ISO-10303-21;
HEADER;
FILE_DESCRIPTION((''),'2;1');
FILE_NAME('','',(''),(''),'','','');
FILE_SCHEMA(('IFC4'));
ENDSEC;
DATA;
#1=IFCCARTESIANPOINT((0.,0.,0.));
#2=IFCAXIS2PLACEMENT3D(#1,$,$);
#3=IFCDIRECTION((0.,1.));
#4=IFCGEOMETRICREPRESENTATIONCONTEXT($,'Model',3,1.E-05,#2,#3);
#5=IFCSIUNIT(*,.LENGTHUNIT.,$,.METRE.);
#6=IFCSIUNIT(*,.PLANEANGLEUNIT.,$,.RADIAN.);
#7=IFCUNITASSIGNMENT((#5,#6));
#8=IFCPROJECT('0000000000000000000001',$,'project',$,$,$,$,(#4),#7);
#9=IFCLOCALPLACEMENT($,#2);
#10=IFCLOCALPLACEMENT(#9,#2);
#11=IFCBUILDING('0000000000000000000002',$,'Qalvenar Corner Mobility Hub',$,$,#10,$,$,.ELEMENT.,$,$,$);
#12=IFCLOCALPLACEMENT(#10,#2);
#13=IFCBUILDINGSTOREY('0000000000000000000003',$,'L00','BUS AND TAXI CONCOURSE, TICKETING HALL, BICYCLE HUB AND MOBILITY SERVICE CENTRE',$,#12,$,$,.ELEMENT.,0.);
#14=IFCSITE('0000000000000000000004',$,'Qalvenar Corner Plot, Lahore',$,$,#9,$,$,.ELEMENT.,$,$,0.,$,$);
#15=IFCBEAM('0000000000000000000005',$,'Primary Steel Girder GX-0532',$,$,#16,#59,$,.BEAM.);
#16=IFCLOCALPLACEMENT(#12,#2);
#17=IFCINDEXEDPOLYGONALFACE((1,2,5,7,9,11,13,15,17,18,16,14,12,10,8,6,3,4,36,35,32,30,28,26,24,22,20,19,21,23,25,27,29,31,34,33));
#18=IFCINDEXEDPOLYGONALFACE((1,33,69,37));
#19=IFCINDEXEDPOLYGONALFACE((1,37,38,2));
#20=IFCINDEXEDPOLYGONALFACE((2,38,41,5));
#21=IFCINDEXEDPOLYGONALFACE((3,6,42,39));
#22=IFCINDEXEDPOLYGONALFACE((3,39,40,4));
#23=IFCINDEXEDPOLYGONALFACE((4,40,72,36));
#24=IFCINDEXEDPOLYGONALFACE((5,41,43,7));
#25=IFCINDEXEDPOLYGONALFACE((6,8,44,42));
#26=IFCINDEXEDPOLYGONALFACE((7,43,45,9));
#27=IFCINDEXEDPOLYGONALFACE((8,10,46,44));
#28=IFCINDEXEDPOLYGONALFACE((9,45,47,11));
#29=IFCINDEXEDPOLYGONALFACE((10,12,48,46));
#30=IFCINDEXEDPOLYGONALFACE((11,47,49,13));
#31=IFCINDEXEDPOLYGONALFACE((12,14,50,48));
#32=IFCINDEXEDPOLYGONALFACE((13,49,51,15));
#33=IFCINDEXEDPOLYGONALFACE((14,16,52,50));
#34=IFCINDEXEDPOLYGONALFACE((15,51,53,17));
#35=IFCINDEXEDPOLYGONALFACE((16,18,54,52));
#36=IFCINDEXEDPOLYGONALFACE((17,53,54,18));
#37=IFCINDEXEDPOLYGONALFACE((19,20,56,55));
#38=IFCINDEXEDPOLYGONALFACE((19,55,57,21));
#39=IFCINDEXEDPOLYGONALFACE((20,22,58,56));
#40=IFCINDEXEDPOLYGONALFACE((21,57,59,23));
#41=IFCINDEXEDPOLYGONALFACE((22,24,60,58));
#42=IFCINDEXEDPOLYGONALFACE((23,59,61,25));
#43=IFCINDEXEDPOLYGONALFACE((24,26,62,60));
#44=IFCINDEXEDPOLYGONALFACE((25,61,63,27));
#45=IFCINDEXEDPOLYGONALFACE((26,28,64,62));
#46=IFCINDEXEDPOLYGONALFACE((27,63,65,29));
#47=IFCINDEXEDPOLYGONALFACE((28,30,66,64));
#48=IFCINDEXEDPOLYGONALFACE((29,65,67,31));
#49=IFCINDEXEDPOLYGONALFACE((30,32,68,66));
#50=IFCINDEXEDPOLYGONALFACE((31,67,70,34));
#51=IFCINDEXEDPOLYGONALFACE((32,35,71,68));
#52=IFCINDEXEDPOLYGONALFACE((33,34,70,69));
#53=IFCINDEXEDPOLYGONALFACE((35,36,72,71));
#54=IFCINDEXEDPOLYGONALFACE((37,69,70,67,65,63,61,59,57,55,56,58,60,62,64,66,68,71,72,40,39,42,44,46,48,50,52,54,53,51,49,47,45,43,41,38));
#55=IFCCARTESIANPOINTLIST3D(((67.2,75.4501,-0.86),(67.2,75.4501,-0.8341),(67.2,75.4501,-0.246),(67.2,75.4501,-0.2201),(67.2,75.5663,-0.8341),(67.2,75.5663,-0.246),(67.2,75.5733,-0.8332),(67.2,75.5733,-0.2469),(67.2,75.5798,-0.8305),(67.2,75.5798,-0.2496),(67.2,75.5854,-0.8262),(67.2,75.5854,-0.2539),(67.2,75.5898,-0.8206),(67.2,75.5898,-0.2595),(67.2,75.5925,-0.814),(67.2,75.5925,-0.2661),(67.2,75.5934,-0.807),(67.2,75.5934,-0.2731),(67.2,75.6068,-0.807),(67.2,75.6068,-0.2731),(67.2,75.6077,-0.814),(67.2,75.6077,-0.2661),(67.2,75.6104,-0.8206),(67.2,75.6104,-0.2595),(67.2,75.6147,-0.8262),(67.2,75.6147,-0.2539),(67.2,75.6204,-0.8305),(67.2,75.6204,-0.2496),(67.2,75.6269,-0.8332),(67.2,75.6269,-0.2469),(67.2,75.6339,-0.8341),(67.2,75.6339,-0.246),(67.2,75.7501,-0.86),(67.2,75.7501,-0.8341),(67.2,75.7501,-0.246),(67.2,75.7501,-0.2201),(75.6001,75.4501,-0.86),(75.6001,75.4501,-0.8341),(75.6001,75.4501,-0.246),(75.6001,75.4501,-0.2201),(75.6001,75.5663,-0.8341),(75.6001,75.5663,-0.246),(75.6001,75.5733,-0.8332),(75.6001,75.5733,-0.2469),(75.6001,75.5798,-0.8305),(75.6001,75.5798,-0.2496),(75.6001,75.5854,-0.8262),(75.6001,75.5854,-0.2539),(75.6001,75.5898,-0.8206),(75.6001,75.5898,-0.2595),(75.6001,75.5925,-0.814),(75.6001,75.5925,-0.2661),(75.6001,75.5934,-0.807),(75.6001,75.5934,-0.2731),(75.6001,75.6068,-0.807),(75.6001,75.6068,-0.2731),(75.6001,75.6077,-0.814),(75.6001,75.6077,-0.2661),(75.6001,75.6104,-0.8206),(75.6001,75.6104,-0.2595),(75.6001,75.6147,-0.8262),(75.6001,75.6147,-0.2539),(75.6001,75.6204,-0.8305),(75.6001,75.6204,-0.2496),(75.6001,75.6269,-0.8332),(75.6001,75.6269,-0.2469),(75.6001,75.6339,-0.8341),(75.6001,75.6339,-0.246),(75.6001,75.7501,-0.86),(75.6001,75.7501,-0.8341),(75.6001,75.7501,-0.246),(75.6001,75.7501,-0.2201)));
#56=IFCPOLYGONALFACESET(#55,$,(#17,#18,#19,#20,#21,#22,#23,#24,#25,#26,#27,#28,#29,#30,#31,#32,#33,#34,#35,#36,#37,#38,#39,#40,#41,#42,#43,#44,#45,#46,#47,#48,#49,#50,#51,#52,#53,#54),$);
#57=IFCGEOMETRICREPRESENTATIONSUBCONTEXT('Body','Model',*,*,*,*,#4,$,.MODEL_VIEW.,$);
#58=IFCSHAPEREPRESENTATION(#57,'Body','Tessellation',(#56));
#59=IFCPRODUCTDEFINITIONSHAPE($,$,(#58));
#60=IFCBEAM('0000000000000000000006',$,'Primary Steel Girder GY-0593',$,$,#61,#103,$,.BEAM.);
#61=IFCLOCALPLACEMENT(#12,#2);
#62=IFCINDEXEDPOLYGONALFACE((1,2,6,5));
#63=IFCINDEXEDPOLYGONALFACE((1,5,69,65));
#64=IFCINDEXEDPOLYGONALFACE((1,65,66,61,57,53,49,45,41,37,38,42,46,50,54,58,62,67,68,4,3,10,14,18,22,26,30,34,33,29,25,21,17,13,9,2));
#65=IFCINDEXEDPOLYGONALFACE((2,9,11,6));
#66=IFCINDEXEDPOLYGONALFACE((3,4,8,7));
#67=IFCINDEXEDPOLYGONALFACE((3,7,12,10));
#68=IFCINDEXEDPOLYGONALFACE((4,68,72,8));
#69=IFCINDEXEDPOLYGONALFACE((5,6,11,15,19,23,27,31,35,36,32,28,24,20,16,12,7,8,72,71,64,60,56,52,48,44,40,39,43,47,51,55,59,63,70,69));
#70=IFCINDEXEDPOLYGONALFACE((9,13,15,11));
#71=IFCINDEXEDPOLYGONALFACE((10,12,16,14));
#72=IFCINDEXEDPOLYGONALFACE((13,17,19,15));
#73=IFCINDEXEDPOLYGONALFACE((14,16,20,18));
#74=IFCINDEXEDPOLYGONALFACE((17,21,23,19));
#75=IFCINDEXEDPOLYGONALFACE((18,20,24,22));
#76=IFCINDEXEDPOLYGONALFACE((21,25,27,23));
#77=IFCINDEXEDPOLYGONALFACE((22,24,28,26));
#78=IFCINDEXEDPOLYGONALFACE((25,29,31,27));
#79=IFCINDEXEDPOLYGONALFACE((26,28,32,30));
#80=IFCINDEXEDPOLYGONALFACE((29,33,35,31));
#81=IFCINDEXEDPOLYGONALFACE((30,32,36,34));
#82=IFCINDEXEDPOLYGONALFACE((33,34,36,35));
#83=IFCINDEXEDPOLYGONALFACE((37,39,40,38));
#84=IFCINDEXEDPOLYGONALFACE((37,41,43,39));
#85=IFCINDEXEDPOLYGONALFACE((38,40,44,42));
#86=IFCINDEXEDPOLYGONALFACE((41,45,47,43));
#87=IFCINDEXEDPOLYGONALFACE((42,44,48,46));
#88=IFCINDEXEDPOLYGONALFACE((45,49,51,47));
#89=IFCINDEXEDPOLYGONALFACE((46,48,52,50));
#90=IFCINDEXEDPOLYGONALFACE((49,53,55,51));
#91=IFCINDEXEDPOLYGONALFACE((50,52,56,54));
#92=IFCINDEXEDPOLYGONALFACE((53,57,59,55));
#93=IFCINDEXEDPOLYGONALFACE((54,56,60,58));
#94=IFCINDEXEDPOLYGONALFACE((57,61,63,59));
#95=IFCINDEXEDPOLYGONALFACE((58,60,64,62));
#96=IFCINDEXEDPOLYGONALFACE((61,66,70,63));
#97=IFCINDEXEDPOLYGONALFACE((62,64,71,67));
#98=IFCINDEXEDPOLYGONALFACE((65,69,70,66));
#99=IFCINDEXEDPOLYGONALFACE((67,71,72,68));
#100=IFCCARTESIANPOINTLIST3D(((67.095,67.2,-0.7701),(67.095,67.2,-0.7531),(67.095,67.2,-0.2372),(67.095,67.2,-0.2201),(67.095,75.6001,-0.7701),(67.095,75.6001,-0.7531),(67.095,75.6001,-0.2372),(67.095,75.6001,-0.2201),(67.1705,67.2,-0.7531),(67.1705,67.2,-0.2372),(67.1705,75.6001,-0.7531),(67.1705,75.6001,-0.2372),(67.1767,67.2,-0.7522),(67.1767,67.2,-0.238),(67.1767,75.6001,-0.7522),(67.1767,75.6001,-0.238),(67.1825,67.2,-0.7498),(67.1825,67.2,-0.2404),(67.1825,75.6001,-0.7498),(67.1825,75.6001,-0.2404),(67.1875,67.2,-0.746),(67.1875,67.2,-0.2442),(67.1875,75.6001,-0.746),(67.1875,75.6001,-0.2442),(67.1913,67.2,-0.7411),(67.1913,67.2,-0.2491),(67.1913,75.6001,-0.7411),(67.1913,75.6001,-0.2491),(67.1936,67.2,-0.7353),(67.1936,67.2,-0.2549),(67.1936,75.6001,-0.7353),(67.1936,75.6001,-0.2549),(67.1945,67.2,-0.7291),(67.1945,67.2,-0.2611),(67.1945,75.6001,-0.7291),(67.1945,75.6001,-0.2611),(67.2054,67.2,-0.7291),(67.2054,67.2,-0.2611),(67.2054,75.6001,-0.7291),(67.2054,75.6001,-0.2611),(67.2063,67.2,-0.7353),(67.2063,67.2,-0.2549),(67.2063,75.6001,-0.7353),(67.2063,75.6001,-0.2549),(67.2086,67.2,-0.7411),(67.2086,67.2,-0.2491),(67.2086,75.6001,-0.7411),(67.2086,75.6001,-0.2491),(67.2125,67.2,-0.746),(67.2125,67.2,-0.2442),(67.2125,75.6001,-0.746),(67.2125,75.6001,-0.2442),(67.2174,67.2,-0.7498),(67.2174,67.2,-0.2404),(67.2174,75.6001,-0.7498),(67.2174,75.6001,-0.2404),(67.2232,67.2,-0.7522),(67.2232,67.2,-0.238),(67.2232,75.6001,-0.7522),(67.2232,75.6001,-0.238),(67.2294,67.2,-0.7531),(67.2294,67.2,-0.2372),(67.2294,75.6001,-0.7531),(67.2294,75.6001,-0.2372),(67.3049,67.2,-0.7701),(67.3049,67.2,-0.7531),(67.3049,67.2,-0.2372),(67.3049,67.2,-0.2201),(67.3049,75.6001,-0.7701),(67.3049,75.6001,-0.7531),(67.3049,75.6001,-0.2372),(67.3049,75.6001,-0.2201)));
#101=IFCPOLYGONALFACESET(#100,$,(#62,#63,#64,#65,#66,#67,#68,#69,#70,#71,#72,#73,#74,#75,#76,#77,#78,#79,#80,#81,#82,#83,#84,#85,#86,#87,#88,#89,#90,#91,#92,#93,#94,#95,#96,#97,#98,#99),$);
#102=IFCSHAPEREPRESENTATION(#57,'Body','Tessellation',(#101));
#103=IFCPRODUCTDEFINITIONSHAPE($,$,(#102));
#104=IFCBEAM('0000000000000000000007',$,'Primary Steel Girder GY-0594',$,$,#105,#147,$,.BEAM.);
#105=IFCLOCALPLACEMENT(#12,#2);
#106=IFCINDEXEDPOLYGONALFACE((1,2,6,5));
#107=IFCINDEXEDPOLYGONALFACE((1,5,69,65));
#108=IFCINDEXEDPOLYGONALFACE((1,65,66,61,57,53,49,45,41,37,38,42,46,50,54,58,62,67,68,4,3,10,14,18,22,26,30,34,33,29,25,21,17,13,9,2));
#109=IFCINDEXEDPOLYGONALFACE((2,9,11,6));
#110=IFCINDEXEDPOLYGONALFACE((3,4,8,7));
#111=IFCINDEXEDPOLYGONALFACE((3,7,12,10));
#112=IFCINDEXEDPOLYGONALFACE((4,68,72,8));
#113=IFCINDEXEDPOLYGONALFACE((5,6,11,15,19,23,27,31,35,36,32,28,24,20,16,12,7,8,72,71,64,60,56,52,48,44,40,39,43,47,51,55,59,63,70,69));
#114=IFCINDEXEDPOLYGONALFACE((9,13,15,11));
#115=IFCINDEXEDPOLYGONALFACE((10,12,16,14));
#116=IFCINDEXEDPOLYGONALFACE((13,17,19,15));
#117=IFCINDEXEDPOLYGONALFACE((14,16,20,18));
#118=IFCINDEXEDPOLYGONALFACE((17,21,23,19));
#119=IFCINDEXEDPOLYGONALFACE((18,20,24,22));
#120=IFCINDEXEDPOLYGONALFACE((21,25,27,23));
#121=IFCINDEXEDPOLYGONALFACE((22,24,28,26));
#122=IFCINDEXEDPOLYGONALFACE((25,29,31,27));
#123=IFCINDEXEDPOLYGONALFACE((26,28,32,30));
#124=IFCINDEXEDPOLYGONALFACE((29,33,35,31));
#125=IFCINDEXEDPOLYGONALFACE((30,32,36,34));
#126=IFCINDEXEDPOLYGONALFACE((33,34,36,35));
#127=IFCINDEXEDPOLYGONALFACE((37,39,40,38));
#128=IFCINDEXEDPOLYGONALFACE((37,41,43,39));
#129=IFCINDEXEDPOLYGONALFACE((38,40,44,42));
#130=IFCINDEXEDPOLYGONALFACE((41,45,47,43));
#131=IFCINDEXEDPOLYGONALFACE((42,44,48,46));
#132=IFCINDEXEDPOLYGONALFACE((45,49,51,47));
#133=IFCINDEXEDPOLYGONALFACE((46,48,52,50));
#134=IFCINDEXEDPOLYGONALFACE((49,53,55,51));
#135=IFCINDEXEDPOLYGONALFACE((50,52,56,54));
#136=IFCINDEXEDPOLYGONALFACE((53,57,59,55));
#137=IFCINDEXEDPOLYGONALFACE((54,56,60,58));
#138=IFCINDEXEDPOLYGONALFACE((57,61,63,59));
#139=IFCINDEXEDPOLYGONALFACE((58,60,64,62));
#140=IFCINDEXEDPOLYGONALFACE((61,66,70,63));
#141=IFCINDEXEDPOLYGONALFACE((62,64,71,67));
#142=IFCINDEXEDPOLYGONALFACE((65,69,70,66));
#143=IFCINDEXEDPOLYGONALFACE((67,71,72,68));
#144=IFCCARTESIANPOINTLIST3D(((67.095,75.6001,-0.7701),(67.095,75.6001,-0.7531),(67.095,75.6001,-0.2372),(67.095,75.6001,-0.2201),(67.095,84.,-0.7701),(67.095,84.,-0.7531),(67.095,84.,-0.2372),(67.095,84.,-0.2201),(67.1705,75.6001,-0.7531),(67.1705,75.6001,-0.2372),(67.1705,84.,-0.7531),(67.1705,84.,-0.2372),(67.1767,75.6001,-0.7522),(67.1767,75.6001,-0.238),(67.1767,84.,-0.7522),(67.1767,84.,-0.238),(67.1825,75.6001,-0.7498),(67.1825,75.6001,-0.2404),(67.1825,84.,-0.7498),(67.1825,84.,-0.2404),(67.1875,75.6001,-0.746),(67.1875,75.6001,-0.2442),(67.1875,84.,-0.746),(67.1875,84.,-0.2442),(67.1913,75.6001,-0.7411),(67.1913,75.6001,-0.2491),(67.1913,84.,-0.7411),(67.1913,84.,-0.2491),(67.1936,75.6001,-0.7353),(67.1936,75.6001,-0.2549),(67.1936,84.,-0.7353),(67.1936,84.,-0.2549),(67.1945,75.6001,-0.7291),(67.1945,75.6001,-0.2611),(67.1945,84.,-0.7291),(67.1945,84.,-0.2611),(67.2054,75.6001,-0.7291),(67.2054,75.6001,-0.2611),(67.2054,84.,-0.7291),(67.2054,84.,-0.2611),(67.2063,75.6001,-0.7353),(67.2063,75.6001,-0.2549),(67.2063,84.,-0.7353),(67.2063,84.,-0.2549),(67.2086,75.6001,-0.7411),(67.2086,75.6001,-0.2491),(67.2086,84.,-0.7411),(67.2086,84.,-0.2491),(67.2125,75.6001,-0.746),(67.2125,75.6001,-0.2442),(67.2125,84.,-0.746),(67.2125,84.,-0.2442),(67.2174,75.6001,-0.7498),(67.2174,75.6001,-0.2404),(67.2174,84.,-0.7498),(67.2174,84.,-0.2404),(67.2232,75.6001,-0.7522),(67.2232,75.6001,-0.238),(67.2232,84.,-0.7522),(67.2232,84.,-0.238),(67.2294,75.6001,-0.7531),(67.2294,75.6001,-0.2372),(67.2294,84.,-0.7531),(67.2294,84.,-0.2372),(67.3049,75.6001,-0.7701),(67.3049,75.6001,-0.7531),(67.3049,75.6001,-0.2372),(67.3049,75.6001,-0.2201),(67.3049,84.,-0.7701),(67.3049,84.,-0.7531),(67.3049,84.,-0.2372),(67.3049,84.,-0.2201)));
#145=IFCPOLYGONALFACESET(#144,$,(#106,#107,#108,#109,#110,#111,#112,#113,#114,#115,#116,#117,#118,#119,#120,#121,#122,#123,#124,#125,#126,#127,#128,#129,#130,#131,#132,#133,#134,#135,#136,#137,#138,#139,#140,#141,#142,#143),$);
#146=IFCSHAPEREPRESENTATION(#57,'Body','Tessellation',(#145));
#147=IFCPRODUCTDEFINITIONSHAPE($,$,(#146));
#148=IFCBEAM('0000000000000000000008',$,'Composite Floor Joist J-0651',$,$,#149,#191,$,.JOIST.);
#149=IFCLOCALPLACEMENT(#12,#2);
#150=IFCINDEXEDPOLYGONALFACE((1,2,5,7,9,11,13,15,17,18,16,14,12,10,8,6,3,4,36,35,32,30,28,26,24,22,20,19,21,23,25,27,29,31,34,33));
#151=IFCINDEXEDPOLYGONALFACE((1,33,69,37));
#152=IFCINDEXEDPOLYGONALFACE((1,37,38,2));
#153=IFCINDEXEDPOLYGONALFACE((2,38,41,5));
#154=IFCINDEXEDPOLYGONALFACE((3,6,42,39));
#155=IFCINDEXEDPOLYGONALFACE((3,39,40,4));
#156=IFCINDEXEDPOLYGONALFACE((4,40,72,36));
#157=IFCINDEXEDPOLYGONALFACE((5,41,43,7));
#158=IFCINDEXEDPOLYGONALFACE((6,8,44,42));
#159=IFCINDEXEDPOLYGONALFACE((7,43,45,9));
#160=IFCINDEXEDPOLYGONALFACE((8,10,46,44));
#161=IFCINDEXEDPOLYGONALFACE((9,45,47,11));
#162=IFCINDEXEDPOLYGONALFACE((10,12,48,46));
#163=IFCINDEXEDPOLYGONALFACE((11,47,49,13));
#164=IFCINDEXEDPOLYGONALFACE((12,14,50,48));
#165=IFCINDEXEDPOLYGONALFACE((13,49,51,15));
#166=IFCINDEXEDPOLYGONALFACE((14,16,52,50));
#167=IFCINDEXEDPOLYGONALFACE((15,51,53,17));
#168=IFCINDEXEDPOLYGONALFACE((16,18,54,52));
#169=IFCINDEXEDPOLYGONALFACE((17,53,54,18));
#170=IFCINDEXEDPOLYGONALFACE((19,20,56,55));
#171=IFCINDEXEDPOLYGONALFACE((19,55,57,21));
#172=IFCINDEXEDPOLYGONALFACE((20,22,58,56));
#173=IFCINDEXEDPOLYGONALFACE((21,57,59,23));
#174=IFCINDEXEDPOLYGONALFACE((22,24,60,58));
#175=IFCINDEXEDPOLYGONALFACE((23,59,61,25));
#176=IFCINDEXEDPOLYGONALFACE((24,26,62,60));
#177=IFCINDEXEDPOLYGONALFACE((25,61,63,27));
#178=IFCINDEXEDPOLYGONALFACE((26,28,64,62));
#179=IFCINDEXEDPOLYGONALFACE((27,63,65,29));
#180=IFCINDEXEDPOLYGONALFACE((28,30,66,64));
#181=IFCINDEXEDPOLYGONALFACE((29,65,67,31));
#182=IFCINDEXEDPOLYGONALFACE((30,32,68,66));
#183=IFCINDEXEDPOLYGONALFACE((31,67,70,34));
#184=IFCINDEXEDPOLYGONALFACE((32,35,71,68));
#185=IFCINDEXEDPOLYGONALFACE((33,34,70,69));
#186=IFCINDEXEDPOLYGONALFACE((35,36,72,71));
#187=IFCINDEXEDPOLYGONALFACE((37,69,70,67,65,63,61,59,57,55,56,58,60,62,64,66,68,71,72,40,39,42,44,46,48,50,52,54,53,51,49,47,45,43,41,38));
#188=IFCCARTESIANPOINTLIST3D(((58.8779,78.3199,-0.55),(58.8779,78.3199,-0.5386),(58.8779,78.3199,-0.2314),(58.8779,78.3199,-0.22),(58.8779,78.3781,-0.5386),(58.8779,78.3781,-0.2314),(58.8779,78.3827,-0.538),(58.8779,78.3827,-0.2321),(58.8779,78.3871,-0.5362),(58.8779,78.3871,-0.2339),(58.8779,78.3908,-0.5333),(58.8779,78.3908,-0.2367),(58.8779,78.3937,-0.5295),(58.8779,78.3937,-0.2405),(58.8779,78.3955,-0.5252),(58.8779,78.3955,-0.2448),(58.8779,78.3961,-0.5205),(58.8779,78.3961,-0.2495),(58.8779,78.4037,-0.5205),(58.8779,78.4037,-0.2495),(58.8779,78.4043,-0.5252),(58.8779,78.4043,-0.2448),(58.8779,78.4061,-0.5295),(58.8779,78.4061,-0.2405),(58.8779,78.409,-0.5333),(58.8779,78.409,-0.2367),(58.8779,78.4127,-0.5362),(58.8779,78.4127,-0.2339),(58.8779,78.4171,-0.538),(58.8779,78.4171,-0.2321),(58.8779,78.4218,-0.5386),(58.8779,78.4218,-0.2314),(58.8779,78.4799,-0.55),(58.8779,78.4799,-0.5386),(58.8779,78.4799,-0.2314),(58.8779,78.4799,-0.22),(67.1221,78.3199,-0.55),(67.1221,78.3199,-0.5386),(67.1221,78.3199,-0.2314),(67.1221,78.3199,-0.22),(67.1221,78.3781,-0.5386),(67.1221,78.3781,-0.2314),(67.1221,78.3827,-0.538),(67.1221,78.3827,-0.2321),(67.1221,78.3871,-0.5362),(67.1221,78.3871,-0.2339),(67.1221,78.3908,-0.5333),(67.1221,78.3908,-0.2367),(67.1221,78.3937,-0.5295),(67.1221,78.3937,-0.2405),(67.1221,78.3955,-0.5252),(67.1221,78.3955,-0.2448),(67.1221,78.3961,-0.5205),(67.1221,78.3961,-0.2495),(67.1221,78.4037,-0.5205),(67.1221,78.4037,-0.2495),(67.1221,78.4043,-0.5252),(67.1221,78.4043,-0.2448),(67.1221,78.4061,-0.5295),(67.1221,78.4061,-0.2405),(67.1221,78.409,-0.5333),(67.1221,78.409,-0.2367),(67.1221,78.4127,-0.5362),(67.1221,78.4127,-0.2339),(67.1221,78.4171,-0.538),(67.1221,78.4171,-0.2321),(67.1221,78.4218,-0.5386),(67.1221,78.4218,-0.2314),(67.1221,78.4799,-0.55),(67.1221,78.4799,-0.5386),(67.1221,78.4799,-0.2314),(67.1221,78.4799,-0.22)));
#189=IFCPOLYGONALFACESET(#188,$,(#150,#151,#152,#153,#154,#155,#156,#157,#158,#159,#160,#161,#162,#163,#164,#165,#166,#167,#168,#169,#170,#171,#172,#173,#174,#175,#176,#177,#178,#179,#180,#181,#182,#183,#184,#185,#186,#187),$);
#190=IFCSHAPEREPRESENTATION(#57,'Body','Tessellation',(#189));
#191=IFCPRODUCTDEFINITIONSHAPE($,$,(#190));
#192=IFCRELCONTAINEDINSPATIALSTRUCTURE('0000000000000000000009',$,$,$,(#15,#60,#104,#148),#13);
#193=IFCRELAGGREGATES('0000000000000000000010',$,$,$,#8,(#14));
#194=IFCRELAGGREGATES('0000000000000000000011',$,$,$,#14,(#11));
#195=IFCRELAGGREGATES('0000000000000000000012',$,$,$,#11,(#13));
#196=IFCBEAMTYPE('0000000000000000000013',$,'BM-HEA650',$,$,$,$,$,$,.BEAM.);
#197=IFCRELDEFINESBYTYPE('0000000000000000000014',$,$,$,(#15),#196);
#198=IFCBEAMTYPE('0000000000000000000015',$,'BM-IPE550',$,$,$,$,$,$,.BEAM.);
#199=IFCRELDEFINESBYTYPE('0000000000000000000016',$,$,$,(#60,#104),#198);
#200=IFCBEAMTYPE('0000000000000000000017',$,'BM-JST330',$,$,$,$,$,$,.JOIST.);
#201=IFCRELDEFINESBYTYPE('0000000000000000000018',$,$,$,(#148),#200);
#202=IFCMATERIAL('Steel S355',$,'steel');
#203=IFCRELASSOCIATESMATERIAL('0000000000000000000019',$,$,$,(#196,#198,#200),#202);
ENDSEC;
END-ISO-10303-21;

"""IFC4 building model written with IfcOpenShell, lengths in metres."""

from ifc_helpers import new_model, si_unit, direction, frame, origin, origin_2d, place, context, subcontext, project, spatial, i_section, extrude, material, material_profile, profile_set, type_object, element, save


model = new_model("IFC4")

# Units and contexts
model_context = context("Model", 3, precision=1e-05, world=origin(), true_north=direction((0.0, 1.0)))
body_context = subcontext(model_context, "Body", "Model", "MODEL_VIEW")
ifc_project = project(units=[si_unit("LENGTHUNIT", "METRE"), si_unit("PLANEANGLEUNIT", "RADIAN")], contexts=[model_context])

# Site, building, storey
site_placement = place(None, origin())
site = spatial("IfcSite", under=ifc_project, at=site_placement, Name="Qalvenar Corner Plot, Lahore", CompositionType="ELEMENT", RefElevation=0.0)
building_placement = place(site_placement, origin())
building = spatial("IfcBuilding", under=site, at=building_placement, Name="Qalvenar Corner Mobility Hub", CompositionType="ELEMENT")
storey_placement = place(building_placement, origin())
storey = spatial("IfcBuildingStorey", under=building, at=storey_placement, Name="L00", Description="BUS AND TAXI CONCOURSE, TICKETING HALL, BICYCLE HUB AND MOBILITY SERVICE CENTRE", CompositionType="ELEMENT", Elevation=0.0)

# Shared definitions
ifc_material_1 = material(Name="Steel S355", Category="steel")

# Beams
ifc_material_profile_1 = material_profile(ifc_material_1, i_section(OverallWidth=0.3, OverallDepth=0.6399, WebThickness=0.0134, FlangeThickness=0.0259, FilletRadius=0.0271, at=origin_2d()), Name="HEA650")
ifc_profile_set_1 = profile_set([ifc_material_profile_1], Name="Steel S355")
beam_type_1 = type_object("IfcBeamType", Name="BM-HEA650", PredefinedType="BEAM", material=ifc_profile_set_1)
beam_1_placement = place(storey_placement, frame((67.2, 75.6001, -0.54), z_axis=(1.0, 0.0, 0.0), x_axis=(0.0, 1.0, 0.0)))
element("IfcBeam", 1, at=beam_1_placement, inside=storey, type_object=beam_type_1, Name="Primary Steel Girder GX-0532", PredefinedType="BEAM", context=body_context, shape_type="SweptSolid", body=[
    extrude(i_section(OverallWidth=0.3, OverallDepth=0.6399, WebThickness=0.0134, FlangeThickness=0.0259, FilletRadius=0.0271, at=origin_2d()), origin(), (0.0, 0.0, 1.0), 8.4001),
])
ifc_material_profile_2 = material_profile(ifc_material_1, i_section(OverallWidth=0.21, OverallDepth=0.55, WebThickness=0.011, FlangeThickness=0.0171, FilletRadius=0.0239, at=origin_2d()), Name="IPE550")
ifc_profile_set_2 = profile_set([ifc_material_profile_2], Name="Steel S355")
beam_type_2 = type_object("IfcBeamType", Name="BM-IPE550", PredefinedType="BEAM", material=ifc_profile_set_2)
beam_2_placement = place(storey_placement, frame((67.2, 67.2, -0.4951), z_axis=(0.0, 1.0, 0.0), x_axis=(-1.0, 0.0, 0.0)))
element("IfcBeam", 2, at=beam_2_placement, inside=storey, type_object=beam_type_2, Name="Primary Steel Girder GY-0593", PredefinedType="BEAM", context=body_context, shape_type="SweptSolid", body=[
    extrude(i_section(OverallWidth=0.21, OverallDepth=0.55, WebThickness=0.011, FlangeThickness=0.0171, FilletRadius=0.0239, at=origin_2d()), origin(), (0.0, 0.0, 1.0), 8.4001),
])
beam_3_placement = place(storey_placement, frame((67.2, 75.6001, -0.4951), z_axis=(0.0, 1.0, 0.0), x_axis=(-1.0, 0.0, 0.0)))
element("IfcBeam", 3, at=beam_3_placement, inside=storey, type_object=beam_type_2, Name="Primary Steel Girder GY-0594", PredefinedType="BEAM", context=body_context, shape_type="SweptSolid", body=[
    extrude(i_section(OverallWidth=0.21, OverallDepth=0.55, WebThickness=0.011, FlangeThickness=0.0171, FilletRadius=0.0239, at=origin_2d()), origin(), (0.0, 0.0, 1.0), 8.3999),
])
ifc_material_profile_3 = material_profile(ifc_material_1, i_section(OverallWidth=0.1599, OverallDepth=0.3301, WebThickness=0.0076, FlangeThickness=0.0115, FilletRadius=0.0181, at=origin_2d()), Name="IPE330")
ifc_profile_set_3 = profile_set([ifc_material_profile_3], Name="Steel S355")
beam_type_3 = type_object("IfcBeamType", Name="BM-JST330", PredefinedType="JOIST", material=ifc_profile_set_3)
beam_4_placement = place(storey_placement, frame((58.8779, 78.3999, -0.385), z_axis=(1.0, 0.0, 0.0), x_axis=(0.0, 1.0, 0.0)))
element("IfcBeam", 4, at=beam_4_placement, inside=storey, type_object=beam_type_3, Name="Composite Floor Joist J-0651", PredefinedType="JOIST", context=body_context, shape_type="SweptSolid", body=[
    extrude(i_section(OverallWidth=0.1599, OverallDepth=0.3301, WebThickness=0.0076, FlangeThickness=0.0115, FilletRadius=0.0181, at=origin_2d()), origin(), (0.0, 0.0, 1.0), 8.2441),
])

save(model, "model.ifc")
